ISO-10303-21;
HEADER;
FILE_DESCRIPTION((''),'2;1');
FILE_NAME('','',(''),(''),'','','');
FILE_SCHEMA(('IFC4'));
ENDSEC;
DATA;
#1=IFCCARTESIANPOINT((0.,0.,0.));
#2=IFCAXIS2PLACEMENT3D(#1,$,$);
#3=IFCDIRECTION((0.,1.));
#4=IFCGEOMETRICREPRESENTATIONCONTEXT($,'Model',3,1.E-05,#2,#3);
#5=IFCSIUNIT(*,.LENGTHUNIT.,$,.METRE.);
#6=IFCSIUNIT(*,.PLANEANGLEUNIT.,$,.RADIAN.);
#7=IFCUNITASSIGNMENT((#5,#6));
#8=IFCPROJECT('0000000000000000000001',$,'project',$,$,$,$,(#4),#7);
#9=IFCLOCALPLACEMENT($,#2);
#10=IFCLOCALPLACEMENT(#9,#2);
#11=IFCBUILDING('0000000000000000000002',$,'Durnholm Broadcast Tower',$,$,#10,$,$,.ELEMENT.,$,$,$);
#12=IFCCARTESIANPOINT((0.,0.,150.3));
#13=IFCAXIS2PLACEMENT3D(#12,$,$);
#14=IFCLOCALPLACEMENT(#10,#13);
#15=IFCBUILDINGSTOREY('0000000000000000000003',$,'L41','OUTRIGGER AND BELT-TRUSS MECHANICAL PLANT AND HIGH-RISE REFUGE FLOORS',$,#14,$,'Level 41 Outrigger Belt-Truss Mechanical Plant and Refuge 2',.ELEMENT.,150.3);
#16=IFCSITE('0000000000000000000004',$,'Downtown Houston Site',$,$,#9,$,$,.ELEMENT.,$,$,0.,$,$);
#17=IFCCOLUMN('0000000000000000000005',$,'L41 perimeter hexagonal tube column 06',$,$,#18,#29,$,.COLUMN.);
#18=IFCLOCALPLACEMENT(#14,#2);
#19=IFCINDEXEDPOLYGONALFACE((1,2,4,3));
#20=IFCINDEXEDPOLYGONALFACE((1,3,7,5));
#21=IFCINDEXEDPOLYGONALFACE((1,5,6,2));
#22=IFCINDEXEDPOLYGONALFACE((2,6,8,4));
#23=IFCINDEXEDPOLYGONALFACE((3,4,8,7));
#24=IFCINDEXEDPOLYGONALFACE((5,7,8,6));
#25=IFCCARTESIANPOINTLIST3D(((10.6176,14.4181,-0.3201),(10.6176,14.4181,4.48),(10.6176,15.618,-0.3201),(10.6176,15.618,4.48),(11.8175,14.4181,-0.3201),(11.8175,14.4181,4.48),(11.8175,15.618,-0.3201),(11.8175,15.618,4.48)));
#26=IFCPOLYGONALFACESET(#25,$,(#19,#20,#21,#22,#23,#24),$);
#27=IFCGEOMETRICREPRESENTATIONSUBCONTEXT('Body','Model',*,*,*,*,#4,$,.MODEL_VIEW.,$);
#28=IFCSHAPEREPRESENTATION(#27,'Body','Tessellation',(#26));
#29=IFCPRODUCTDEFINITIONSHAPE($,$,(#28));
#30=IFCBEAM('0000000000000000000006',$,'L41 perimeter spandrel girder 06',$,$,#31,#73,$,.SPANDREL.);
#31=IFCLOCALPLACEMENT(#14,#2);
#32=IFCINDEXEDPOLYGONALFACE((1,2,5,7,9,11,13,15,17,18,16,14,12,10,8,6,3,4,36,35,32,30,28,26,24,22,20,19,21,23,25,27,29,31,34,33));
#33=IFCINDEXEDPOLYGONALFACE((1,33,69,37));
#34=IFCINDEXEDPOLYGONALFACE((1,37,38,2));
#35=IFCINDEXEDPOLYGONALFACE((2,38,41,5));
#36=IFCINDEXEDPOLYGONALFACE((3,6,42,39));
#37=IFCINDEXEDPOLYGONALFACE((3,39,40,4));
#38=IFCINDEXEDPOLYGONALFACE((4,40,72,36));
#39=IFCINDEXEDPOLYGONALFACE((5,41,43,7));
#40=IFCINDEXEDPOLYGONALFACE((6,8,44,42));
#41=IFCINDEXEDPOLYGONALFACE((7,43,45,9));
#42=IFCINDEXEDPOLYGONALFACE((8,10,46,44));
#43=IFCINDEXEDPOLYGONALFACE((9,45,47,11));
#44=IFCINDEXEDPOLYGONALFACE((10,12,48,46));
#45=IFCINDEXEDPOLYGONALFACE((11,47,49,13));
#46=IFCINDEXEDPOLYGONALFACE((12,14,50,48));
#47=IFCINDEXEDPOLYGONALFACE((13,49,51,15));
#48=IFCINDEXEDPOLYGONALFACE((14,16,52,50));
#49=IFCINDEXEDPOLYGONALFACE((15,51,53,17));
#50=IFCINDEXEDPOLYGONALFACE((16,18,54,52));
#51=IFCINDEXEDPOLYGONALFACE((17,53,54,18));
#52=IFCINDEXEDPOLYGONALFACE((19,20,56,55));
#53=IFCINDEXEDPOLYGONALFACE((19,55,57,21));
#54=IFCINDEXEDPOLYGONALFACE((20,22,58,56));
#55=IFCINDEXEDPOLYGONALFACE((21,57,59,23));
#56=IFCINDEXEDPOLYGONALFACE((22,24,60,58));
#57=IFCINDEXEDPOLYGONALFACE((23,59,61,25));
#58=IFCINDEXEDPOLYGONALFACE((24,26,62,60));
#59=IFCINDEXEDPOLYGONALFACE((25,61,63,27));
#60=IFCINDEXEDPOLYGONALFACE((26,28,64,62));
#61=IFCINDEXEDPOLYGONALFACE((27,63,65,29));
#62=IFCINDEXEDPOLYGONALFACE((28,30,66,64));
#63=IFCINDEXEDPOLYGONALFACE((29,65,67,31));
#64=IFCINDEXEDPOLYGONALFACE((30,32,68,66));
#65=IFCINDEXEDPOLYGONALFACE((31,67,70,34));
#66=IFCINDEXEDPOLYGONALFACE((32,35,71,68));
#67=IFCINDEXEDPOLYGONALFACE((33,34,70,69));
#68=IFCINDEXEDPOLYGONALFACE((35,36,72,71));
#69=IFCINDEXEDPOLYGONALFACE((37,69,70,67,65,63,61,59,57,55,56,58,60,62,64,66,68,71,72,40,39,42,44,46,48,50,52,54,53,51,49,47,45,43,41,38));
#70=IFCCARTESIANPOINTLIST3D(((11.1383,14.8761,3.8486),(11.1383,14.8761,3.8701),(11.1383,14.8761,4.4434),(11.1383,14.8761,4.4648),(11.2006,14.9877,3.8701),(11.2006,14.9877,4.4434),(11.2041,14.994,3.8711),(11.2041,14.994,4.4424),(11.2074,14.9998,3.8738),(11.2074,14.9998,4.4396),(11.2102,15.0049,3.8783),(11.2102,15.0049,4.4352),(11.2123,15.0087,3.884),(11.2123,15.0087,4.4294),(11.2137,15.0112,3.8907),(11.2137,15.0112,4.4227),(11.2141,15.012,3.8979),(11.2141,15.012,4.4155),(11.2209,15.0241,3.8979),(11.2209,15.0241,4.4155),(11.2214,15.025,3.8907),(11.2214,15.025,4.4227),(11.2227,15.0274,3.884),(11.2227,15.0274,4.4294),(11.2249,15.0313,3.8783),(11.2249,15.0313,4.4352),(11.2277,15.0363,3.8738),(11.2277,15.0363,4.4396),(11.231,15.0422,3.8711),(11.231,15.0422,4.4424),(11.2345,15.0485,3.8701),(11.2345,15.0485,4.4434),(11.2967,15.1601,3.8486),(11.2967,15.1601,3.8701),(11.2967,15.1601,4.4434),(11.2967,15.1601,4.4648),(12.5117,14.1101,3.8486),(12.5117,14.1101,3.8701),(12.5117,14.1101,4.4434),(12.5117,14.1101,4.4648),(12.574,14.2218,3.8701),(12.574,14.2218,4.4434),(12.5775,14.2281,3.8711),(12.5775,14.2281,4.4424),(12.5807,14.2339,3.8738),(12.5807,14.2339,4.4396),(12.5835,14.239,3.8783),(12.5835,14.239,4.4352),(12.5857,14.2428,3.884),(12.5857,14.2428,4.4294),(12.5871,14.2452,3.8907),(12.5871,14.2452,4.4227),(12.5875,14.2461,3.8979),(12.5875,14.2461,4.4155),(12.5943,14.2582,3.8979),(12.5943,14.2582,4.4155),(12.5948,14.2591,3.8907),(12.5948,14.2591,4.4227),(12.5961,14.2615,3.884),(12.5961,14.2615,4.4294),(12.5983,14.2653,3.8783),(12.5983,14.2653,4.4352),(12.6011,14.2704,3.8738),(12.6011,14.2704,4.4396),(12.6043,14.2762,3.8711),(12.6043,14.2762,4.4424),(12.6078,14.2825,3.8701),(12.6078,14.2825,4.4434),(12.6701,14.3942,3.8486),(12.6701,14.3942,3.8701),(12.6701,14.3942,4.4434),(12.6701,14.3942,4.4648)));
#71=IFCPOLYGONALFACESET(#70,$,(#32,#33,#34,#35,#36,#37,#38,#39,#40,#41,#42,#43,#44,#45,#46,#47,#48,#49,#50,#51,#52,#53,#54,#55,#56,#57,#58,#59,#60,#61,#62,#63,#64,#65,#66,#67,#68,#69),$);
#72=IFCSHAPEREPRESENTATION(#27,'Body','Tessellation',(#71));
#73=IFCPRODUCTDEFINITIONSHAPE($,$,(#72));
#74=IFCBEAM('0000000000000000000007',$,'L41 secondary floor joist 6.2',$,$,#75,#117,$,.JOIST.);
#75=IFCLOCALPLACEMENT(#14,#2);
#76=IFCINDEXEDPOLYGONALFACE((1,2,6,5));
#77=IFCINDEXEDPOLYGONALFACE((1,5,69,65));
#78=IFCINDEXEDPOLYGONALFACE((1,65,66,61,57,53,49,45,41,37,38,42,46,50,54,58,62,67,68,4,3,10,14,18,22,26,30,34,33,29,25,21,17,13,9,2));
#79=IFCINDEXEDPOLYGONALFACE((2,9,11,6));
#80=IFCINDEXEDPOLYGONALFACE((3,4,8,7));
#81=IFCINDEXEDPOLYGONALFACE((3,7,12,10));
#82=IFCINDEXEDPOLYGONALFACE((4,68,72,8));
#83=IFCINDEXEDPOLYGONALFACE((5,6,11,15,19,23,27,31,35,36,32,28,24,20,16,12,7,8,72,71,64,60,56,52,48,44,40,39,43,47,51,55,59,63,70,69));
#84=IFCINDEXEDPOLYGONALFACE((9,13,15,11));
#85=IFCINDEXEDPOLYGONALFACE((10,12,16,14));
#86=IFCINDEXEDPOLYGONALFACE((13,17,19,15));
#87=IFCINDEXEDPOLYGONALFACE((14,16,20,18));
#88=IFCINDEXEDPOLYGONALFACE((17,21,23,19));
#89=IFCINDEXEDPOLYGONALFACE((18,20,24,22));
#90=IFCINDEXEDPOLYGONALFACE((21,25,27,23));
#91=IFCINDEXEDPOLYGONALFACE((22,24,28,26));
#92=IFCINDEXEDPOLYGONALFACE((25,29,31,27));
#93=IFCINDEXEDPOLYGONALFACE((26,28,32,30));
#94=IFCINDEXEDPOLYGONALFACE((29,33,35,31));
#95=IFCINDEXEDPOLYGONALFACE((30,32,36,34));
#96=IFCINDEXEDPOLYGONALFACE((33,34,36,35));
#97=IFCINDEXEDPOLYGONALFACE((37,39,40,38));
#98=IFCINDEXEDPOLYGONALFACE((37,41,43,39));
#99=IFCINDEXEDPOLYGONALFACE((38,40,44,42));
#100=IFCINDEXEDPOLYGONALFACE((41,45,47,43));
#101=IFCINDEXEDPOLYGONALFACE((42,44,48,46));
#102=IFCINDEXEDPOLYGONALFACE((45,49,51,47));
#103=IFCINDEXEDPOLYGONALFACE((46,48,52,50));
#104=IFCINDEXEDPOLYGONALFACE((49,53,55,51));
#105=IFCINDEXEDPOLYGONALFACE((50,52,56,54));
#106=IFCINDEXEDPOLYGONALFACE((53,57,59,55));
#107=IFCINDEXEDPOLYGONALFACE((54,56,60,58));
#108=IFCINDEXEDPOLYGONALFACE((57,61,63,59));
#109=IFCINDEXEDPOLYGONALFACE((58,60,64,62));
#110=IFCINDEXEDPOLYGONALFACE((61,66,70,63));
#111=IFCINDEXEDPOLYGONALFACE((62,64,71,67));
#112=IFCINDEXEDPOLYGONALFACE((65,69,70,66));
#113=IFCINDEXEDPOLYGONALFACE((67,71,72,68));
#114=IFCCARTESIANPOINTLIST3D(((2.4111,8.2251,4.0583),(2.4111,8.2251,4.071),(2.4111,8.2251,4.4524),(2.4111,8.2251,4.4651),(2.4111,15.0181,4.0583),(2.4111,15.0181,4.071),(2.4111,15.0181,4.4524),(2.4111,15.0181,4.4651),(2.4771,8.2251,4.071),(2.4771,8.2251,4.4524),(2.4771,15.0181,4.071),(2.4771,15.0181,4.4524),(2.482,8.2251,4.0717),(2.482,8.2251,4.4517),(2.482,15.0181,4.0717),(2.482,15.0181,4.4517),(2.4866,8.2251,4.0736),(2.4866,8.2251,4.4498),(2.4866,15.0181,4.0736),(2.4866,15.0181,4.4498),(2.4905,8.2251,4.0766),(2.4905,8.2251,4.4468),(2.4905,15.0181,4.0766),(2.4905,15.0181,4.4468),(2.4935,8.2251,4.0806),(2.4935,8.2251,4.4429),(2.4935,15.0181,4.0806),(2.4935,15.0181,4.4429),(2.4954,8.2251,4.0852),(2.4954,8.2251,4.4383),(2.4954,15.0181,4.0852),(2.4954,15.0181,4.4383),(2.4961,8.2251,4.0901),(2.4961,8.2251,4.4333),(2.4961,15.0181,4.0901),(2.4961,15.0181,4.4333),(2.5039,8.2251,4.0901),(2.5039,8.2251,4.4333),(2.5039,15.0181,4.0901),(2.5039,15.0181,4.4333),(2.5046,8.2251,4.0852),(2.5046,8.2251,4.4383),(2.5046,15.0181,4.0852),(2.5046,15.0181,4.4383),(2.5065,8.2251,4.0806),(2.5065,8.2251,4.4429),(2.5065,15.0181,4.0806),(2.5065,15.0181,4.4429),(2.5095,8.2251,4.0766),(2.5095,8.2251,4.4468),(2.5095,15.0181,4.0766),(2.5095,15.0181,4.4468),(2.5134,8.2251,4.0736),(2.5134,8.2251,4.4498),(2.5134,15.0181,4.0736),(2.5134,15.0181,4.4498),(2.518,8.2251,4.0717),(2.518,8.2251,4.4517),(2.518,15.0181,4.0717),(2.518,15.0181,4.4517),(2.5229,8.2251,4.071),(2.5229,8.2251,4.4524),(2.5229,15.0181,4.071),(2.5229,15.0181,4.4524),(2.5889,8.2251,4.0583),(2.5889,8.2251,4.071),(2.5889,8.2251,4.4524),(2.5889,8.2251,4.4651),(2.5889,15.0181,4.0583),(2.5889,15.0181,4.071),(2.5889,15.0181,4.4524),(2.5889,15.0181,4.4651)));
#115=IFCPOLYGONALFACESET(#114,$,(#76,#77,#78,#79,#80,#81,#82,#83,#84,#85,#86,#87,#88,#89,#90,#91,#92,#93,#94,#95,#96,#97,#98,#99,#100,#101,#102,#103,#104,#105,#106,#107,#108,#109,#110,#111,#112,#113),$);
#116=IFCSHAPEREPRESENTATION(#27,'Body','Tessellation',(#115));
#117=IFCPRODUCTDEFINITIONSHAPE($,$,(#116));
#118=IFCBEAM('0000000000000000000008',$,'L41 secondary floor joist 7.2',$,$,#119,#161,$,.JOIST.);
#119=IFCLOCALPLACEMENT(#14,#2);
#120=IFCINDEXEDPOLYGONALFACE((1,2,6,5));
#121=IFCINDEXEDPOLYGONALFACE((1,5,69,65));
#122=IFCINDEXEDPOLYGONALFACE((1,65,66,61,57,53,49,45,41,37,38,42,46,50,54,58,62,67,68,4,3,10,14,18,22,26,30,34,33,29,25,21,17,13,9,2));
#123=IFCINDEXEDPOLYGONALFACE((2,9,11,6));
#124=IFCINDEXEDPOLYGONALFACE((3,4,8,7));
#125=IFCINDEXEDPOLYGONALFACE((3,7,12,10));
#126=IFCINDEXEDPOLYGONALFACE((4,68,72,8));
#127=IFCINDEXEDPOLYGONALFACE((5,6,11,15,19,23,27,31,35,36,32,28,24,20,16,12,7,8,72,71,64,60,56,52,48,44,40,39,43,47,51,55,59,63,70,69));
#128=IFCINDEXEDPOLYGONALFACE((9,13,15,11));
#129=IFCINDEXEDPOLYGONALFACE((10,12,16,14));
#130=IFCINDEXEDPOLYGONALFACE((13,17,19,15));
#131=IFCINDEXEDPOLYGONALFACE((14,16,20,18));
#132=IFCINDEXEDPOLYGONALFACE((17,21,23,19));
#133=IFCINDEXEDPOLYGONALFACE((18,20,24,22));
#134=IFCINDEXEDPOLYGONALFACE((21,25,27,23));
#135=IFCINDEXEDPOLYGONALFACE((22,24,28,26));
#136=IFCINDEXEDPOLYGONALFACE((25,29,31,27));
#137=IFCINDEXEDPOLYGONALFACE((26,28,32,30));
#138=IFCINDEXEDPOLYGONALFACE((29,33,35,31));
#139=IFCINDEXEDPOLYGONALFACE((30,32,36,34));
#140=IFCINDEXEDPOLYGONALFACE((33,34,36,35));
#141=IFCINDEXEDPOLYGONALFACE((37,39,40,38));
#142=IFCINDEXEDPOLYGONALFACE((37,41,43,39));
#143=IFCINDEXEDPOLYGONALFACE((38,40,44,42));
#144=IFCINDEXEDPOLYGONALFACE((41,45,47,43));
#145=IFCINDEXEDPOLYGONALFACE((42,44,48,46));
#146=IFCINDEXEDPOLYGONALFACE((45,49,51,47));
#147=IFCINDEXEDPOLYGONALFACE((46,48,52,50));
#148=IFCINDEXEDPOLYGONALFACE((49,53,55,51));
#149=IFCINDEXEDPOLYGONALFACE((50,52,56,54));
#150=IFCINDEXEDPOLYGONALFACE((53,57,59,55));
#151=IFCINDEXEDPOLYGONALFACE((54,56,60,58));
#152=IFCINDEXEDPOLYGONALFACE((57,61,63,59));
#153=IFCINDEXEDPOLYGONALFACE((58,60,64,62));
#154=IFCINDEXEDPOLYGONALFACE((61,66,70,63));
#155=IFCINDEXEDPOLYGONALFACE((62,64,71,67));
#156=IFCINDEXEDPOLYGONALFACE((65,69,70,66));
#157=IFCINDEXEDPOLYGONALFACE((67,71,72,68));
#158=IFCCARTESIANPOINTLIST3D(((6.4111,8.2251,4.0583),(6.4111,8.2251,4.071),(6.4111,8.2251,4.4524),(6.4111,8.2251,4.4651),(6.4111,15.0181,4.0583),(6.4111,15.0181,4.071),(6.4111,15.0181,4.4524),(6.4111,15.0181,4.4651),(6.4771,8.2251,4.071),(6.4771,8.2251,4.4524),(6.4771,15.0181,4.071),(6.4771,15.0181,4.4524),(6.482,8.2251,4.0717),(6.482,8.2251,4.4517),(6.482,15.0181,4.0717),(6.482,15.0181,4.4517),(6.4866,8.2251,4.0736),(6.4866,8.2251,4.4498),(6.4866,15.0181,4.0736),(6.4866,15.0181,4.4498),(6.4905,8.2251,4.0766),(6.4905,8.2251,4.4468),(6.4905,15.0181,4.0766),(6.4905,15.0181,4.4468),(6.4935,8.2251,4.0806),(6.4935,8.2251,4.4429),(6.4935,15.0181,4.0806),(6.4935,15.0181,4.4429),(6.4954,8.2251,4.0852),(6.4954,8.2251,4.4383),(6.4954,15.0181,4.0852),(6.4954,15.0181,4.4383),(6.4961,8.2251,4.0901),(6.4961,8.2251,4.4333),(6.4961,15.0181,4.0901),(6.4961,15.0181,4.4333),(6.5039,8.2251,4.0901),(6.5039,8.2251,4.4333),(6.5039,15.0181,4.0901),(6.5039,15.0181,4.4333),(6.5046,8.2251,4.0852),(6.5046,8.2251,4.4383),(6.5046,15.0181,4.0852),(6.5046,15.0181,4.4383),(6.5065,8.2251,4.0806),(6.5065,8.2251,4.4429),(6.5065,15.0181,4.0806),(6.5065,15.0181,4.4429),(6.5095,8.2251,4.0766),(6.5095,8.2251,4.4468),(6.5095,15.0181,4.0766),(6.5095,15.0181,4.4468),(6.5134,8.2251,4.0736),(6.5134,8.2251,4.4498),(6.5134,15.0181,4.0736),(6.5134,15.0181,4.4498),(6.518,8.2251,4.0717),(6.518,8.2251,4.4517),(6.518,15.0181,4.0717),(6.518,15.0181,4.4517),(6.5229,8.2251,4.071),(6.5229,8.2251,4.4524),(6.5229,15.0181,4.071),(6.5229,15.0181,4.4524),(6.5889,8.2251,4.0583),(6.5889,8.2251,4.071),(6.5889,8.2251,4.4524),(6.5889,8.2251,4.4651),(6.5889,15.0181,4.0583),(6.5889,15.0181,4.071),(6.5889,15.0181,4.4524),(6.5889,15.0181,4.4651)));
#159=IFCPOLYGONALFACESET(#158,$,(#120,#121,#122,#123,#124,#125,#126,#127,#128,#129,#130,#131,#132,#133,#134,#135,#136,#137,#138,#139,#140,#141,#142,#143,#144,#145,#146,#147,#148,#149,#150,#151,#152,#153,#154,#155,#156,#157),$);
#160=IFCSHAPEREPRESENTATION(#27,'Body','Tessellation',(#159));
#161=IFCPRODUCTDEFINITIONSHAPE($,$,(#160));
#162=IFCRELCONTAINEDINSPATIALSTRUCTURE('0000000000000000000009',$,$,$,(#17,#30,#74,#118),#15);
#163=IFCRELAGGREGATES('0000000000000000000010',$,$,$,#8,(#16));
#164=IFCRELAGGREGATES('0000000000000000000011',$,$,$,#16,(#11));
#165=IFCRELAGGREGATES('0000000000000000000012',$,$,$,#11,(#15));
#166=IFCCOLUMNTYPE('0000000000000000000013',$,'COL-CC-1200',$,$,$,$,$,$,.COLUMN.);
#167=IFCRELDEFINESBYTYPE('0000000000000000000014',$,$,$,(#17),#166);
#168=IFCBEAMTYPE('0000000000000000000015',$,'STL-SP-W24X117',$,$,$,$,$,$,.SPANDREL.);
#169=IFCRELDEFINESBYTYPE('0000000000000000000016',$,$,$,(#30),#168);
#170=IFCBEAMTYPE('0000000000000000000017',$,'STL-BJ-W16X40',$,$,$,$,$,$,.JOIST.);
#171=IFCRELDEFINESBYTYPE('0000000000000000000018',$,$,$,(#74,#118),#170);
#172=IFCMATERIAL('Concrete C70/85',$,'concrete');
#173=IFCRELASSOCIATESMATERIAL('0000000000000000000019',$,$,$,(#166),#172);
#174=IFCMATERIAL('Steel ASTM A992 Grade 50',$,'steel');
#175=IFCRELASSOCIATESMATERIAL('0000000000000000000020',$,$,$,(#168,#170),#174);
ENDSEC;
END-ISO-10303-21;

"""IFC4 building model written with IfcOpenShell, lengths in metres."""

from ifc_helpers import new_model, si_unit, direction, frame, origin, origin_2d, place, context, subcontext, project, spatial, rectangle, i_section, extrude, source, transform, mapped, material, material_profile, profile_set, type_object, type_shapes, element, save


model = new_model("IFC4")

# Units and contexts
model_context = context("Model", 3, precision=1e-05, world=origin(), true_north=direction((0.0, 1.0)))
body_context = subcontext(model_context, "Body", "Model", "MODEL_VIEW")
ifc_project = project(units=[si_unit("LENGTHUNIT", "METRE"), si_unit("PLANEANGLEUNIT", "RADIAN")], contexts=[model_context])

# Site, building, storey
site_placement = place(None, origin())
site = spatial("IfcSite", under=ifc_project, at=site_placement, Name="Downtown Houston Site", CompositionType="ELEMENT", RefElevation=0.0)
building_placement = place(site_placement, origin())
building = spatial("IfcBuilding", under=site, at=building_placement, Name="Durnholm Broadcast Tower", CompositionType="ELEMENT")
storey_placement = place(building_placement, frame((0.0, 0.0, 150.3)))
storey = spatial("IfcBuildingStorey", under=building, at=storey_placement, Name="L41", Description="OUTRIGGER AND BELT-TRUSS MECHANICAL PLANT AND HIGH-RISE REFUGE FLOORS", LongName="Level 41 Outrigger Belt-Truss Mechanical Plant and Refuge 2", CompositionType="ELEMENT", Elevation=150.3)

# Column
ifc_material_1 = material(Name="Concrete C70/85", Category="concrete")
ifc_material_profile_1 = material_profile(ifc_material_1, rectangle(XDim=1.2, YDim=1.2, at=origin_2d()), Name="RC1200X1200")
ifc_profile_set_1 = profile_set([ifc_material_profile_1], Name="Concrete C70/85")
column_type = type_object("IfcColumnType", Name="COL-CC-1200", PredefinedType="COLUMN", material=ifc_profile_set_1)
shared_shape_1 = source(origin(), body_context, "Body", "SweptSolid", [
    extrude(rectangle(XDim=1.2, YDim=1.2, at=origin_2d()), origin(), (0.0, 0.0, 1.0), 4.8),
])
type_shapes(column_type, [shared_shape_1])
column_placement = place(storey_placement, frame((11.2175, 15.0181, -0.3201), z_axis=(0.0, 0.0, 1.0), x_axis=(1.0, 0.0, 0.0)))
element("IfcColumn", 1, at=column_placement, inside=storey, type_object=column_type, Name="L41 perimeter hexagonal tube column 06", PredefinedType="COLUMN", context=body_context, shape_type="MappedRepresentation", body=[
    mapped(shared_shape_1, transform((0.0, 0.0, 0.0), x_axis=(1.0, 0.0, 0.0), y_axis=(0.0, 1.0, 0.0), z_axis=(0.0, 0.0, 1.0), scale=1.0)),
])

# Beams
ifc_material_2 = material(Name="Steel ASTM A992 Grade 50", Category="steel")
ifc_material_profile_2 = material_profile(ifc_material_2, i_section(OverallWidth=0.3252, OverallDepth=0.6162, WebThickness=0.0139, FlangeThickness=0.0215, FilletRadius=0.0278, at=origin_2d()), Name="W24X117")
ifc_profile_set_2 = profile_set([ifc_material_profile_2], Name="Steel ASTM A992 Grade 50")
beam_type_1 = type_object("IfcBeamType", Name="STL-SP-W24X117", PredefinedType="SPANDREL", material=ifc_profile_set_2)
shared_shape_2 = source(origin(), body_context, "Body", "SweptSolid", [
    extrude(i_section(OverallWidth=0.3252, OverallDepth=0.6162, WebThickness=0.0139, FlangeThickness=0.0215, FilletRadius=0.0278, at=origin_2d()), origin(), (0.0, 0.0, 1.0), 1.5725),
])
type_shapes(beam_type_1, [shared_shape_2])
beam_placement = place(storey_placement, frame((11.2175, 15.0181, 4.1567), z_axis=(0.873365, -0.487066, 0.0), x_axis=(0.487066, 0.873365, 0.0)))
element("IfcBeam", 2, at=beam_placement, inside=storey, type_object=beam_type_1, Name="L41 perimeter spandrel girder 06", PredefinedType="SPANDREL", context=body_context, shape_type="MappedRepresentation", body=[
    mapped(shared_shape_2, transform((0.0, 0.0, 0.0), x_axis=(1.0, 0.0, 0.0), y_axis=(0.0, 1.0, 0.0), z_axis=(0.0, 0.0, 1.0), scale=1.0)),
])
ifc_material_profile_3 = material_profile(ifc_material_2, i_section(OverallWidth=0.1777, OverallDepth=0.4067, WebThickness=0.0078, FlangeThickness=0.0127, FilletRadius=0.019, at=origin_2d()), Name="W16X40")
ifc_profile_set_3 = profile_set([ifc_material_profile_3], Name="Steel ASTM A992 Grade 50")
beam_type_2 = type_object("IfcBeamType", Name="STL-BJ-W16X40", PredefinedType="JOIST", material=ifc_profile_set_3)
shared_shape_3 = source(origin(), body_context, "Body", "SweptSolid", [
    extrude(i_section(OverallWidth=0.1777, OverallDepth=0.4067, WebThickness=0.0078, FlangeThickness=0.0127, FilletRadius=0.019, at=origin_2d()), origin(), (0.0, 0.0, 1.0), 6.793),
])
type_shapes(beam_type_2, [shared_shape_3])
for number, where, z_axis, x_axis, name in (
    (3, (2.5, 8.2251, 4.2617), (0.0, 1.0, 0.0), (-1.0, 0.0, 0.0), "L41 secondary floor joist 6.2"),
    (4, (6.5, 8.2251, 4.2617), (0.0, 1.0, 0.0), (-1.0, 0.0, 0.0), "L41 secondary floor joist 7.2"),
):
    element("IfcBeam", number, at=place(storey_placement, frame(where, z_axis=z_axis, x_axis=x_axis)), inside=storey, type_object=beam_type_2, Name=name, PredefinedType="JOIST", context=body_context, shape_type="MappedRepresentation", body=[
        mapped(shared_shape_3, transform((0.0, 0.0, 0.0), x_axis=(1.0, 0.0, 0.0), y_axis=(0.0, 1.0, 0.0), z_axis=(0.0, 0.0, 1.0), scale=1.0)),
    ])

save(model, "model.ifc")
